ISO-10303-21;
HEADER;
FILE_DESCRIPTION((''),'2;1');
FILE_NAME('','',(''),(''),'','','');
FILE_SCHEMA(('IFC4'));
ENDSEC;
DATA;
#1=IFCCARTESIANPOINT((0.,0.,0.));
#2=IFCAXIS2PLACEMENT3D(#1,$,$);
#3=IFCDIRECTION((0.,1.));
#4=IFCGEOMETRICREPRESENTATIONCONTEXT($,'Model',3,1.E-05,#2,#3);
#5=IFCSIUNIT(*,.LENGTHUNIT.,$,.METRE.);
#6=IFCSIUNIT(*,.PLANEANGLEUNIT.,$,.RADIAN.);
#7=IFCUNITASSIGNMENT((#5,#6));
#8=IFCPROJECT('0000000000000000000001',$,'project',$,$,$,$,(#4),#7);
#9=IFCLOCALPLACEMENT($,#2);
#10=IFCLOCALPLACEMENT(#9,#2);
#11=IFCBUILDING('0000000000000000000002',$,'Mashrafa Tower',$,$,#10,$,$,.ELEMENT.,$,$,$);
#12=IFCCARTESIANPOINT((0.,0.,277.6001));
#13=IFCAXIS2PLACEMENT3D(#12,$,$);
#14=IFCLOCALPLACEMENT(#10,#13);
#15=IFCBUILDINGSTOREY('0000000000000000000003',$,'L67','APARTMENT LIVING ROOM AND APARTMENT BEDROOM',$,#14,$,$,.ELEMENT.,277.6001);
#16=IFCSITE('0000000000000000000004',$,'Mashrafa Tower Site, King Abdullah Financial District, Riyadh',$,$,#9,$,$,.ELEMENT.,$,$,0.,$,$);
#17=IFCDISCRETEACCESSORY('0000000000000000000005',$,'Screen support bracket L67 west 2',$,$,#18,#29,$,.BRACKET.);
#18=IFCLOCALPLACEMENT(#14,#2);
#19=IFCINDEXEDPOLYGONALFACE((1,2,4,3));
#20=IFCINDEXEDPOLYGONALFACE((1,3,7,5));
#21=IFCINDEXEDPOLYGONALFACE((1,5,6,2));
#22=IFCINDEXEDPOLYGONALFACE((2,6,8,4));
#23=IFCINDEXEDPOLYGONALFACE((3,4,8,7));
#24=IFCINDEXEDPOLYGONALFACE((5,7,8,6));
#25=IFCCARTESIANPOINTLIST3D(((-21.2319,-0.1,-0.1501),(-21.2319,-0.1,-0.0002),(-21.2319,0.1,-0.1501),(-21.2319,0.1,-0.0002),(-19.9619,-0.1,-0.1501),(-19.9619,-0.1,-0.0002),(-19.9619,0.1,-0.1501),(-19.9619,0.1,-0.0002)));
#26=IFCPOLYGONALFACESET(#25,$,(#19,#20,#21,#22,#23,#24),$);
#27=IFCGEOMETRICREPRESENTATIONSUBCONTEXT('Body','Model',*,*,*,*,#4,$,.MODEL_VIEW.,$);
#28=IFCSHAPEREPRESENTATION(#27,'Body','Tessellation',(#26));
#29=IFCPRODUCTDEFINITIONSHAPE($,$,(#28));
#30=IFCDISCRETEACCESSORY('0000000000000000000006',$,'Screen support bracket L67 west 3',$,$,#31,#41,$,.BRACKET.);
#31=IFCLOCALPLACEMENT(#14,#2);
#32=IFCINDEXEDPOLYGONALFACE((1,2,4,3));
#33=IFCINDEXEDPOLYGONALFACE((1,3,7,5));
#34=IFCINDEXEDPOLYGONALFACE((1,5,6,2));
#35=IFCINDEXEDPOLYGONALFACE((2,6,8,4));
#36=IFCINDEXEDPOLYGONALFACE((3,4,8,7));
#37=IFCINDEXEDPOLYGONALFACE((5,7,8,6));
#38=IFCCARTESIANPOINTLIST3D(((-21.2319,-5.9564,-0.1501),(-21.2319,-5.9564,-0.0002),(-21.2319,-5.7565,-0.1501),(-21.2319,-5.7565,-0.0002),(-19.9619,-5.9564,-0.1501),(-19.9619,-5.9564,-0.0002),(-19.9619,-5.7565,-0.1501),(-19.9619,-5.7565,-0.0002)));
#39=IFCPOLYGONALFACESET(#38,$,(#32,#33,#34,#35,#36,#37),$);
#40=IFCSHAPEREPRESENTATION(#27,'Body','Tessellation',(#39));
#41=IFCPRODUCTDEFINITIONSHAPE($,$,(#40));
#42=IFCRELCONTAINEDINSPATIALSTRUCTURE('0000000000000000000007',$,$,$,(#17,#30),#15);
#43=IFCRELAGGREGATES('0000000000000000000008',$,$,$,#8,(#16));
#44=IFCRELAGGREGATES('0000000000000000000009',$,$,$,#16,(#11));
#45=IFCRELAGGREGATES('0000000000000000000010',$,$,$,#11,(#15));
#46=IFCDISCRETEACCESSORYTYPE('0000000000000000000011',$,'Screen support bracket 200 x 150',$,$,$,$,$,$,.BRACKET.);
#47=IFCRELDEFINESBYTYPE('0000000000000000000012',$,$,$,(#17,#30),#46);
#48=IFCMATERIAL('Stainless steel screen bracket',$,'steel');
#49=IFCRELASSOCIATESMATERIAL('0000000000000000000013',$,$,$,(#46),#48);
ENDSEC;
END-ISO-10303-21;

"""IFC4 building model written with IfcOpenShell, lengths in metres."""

from ifc_helpers import new_model, si_unit, direction, frame, origin, origin_2d, place, context, subcontext, project, spatial, rectangle, extrude, source, transform, mapped, material, type_object, type_shapes, element, save


model = new_model("IFC4")

# Units and contexts
model_context = context("Model", 3, precision=1e-05, world=origin(), true_north=direction((0.0, 1.0)))
body_context = subcontext(model_context, "Body", "Model", "MODEL_VIEW")
ifc_project = project(units=[si_unit("LENGTHUNIT", "METRE"), si_unit("PLANEANGLEUNIT", "RADIAN")], contexts=[model_context])

# Site, building, storey
site_placement = place(None, origin())
site = spatial("IfcSite", under=ifc_project, at=site_placement, Name="Mashrafa Tower Site, King Abdullah Financial District, Riyadh", CompositionType="ELEMENT", RefElevation=0.0)
building_placement = place(site_placement, origin())
building = spatial("IfcBuilding", under=site, at=building_placement, Name="Mashrafa Tower", CompositionType="ELEMENT")
storey_placement = place(building_placement, frame((0.0, 0.0, 277.6001)))
storey = spatial("IfcBuildingStorey", under=building, at=storey_placement, Name="L67", Description="APARTMENT LIVING ROOM AND APARTMENT BEDROOM", CompositionType="ELEMENT", Elevation=277.6001)

# Discrete accessories
ifc_material_1 = material(Name="Stainless steel screen bracket", Category="steel")
discrete_accessory_type = type_object("IfcDiscreteAccessoryType", Name="Screen support bracket 200 x 150", PredefinedType="BRACKET", material=ifc_material_1)
shared_shape_1 = source(origin(), body_context, "Body", "SweptSolid", [
    extrude(rectangle(XDim=0.2, YDim=1.27, at=origin_2d()), origin(), (0.0, 0.0, 1.0), 0.1499),
])
type_shapes(discrete_accessory_type, [shared_shape_1])
for number, where, z_axis, x_axis, name in (
    (1, (-20.5969, 0.0, -0.1501), (0.0, 0.0, 1.0), (0.0, -1.0, 0.0), "Screen support bracket L67 west 2"),
    (2, (-20.5969, -5.8564, -0.1501), (0.0, 0.0, 1.0), (0.0, -1.0, 0.0), "Screen support bracket L67 west 3"),
):
    element("IfcDiscreteAccessory", number, at=place(storey_placement, frame(where, z_axis=z_axis, x_axis=x_axis)), inside=storey, type_object=discrete_accessory_type, Name=name, PredefinedType="BRACKET", context=body_context, shape_type="MappedRepresentation", body=[
        mapped(shared_shape_1, transform((0.0, 0.0, 0.0))),
    ])

save(model, "model.ifc")
